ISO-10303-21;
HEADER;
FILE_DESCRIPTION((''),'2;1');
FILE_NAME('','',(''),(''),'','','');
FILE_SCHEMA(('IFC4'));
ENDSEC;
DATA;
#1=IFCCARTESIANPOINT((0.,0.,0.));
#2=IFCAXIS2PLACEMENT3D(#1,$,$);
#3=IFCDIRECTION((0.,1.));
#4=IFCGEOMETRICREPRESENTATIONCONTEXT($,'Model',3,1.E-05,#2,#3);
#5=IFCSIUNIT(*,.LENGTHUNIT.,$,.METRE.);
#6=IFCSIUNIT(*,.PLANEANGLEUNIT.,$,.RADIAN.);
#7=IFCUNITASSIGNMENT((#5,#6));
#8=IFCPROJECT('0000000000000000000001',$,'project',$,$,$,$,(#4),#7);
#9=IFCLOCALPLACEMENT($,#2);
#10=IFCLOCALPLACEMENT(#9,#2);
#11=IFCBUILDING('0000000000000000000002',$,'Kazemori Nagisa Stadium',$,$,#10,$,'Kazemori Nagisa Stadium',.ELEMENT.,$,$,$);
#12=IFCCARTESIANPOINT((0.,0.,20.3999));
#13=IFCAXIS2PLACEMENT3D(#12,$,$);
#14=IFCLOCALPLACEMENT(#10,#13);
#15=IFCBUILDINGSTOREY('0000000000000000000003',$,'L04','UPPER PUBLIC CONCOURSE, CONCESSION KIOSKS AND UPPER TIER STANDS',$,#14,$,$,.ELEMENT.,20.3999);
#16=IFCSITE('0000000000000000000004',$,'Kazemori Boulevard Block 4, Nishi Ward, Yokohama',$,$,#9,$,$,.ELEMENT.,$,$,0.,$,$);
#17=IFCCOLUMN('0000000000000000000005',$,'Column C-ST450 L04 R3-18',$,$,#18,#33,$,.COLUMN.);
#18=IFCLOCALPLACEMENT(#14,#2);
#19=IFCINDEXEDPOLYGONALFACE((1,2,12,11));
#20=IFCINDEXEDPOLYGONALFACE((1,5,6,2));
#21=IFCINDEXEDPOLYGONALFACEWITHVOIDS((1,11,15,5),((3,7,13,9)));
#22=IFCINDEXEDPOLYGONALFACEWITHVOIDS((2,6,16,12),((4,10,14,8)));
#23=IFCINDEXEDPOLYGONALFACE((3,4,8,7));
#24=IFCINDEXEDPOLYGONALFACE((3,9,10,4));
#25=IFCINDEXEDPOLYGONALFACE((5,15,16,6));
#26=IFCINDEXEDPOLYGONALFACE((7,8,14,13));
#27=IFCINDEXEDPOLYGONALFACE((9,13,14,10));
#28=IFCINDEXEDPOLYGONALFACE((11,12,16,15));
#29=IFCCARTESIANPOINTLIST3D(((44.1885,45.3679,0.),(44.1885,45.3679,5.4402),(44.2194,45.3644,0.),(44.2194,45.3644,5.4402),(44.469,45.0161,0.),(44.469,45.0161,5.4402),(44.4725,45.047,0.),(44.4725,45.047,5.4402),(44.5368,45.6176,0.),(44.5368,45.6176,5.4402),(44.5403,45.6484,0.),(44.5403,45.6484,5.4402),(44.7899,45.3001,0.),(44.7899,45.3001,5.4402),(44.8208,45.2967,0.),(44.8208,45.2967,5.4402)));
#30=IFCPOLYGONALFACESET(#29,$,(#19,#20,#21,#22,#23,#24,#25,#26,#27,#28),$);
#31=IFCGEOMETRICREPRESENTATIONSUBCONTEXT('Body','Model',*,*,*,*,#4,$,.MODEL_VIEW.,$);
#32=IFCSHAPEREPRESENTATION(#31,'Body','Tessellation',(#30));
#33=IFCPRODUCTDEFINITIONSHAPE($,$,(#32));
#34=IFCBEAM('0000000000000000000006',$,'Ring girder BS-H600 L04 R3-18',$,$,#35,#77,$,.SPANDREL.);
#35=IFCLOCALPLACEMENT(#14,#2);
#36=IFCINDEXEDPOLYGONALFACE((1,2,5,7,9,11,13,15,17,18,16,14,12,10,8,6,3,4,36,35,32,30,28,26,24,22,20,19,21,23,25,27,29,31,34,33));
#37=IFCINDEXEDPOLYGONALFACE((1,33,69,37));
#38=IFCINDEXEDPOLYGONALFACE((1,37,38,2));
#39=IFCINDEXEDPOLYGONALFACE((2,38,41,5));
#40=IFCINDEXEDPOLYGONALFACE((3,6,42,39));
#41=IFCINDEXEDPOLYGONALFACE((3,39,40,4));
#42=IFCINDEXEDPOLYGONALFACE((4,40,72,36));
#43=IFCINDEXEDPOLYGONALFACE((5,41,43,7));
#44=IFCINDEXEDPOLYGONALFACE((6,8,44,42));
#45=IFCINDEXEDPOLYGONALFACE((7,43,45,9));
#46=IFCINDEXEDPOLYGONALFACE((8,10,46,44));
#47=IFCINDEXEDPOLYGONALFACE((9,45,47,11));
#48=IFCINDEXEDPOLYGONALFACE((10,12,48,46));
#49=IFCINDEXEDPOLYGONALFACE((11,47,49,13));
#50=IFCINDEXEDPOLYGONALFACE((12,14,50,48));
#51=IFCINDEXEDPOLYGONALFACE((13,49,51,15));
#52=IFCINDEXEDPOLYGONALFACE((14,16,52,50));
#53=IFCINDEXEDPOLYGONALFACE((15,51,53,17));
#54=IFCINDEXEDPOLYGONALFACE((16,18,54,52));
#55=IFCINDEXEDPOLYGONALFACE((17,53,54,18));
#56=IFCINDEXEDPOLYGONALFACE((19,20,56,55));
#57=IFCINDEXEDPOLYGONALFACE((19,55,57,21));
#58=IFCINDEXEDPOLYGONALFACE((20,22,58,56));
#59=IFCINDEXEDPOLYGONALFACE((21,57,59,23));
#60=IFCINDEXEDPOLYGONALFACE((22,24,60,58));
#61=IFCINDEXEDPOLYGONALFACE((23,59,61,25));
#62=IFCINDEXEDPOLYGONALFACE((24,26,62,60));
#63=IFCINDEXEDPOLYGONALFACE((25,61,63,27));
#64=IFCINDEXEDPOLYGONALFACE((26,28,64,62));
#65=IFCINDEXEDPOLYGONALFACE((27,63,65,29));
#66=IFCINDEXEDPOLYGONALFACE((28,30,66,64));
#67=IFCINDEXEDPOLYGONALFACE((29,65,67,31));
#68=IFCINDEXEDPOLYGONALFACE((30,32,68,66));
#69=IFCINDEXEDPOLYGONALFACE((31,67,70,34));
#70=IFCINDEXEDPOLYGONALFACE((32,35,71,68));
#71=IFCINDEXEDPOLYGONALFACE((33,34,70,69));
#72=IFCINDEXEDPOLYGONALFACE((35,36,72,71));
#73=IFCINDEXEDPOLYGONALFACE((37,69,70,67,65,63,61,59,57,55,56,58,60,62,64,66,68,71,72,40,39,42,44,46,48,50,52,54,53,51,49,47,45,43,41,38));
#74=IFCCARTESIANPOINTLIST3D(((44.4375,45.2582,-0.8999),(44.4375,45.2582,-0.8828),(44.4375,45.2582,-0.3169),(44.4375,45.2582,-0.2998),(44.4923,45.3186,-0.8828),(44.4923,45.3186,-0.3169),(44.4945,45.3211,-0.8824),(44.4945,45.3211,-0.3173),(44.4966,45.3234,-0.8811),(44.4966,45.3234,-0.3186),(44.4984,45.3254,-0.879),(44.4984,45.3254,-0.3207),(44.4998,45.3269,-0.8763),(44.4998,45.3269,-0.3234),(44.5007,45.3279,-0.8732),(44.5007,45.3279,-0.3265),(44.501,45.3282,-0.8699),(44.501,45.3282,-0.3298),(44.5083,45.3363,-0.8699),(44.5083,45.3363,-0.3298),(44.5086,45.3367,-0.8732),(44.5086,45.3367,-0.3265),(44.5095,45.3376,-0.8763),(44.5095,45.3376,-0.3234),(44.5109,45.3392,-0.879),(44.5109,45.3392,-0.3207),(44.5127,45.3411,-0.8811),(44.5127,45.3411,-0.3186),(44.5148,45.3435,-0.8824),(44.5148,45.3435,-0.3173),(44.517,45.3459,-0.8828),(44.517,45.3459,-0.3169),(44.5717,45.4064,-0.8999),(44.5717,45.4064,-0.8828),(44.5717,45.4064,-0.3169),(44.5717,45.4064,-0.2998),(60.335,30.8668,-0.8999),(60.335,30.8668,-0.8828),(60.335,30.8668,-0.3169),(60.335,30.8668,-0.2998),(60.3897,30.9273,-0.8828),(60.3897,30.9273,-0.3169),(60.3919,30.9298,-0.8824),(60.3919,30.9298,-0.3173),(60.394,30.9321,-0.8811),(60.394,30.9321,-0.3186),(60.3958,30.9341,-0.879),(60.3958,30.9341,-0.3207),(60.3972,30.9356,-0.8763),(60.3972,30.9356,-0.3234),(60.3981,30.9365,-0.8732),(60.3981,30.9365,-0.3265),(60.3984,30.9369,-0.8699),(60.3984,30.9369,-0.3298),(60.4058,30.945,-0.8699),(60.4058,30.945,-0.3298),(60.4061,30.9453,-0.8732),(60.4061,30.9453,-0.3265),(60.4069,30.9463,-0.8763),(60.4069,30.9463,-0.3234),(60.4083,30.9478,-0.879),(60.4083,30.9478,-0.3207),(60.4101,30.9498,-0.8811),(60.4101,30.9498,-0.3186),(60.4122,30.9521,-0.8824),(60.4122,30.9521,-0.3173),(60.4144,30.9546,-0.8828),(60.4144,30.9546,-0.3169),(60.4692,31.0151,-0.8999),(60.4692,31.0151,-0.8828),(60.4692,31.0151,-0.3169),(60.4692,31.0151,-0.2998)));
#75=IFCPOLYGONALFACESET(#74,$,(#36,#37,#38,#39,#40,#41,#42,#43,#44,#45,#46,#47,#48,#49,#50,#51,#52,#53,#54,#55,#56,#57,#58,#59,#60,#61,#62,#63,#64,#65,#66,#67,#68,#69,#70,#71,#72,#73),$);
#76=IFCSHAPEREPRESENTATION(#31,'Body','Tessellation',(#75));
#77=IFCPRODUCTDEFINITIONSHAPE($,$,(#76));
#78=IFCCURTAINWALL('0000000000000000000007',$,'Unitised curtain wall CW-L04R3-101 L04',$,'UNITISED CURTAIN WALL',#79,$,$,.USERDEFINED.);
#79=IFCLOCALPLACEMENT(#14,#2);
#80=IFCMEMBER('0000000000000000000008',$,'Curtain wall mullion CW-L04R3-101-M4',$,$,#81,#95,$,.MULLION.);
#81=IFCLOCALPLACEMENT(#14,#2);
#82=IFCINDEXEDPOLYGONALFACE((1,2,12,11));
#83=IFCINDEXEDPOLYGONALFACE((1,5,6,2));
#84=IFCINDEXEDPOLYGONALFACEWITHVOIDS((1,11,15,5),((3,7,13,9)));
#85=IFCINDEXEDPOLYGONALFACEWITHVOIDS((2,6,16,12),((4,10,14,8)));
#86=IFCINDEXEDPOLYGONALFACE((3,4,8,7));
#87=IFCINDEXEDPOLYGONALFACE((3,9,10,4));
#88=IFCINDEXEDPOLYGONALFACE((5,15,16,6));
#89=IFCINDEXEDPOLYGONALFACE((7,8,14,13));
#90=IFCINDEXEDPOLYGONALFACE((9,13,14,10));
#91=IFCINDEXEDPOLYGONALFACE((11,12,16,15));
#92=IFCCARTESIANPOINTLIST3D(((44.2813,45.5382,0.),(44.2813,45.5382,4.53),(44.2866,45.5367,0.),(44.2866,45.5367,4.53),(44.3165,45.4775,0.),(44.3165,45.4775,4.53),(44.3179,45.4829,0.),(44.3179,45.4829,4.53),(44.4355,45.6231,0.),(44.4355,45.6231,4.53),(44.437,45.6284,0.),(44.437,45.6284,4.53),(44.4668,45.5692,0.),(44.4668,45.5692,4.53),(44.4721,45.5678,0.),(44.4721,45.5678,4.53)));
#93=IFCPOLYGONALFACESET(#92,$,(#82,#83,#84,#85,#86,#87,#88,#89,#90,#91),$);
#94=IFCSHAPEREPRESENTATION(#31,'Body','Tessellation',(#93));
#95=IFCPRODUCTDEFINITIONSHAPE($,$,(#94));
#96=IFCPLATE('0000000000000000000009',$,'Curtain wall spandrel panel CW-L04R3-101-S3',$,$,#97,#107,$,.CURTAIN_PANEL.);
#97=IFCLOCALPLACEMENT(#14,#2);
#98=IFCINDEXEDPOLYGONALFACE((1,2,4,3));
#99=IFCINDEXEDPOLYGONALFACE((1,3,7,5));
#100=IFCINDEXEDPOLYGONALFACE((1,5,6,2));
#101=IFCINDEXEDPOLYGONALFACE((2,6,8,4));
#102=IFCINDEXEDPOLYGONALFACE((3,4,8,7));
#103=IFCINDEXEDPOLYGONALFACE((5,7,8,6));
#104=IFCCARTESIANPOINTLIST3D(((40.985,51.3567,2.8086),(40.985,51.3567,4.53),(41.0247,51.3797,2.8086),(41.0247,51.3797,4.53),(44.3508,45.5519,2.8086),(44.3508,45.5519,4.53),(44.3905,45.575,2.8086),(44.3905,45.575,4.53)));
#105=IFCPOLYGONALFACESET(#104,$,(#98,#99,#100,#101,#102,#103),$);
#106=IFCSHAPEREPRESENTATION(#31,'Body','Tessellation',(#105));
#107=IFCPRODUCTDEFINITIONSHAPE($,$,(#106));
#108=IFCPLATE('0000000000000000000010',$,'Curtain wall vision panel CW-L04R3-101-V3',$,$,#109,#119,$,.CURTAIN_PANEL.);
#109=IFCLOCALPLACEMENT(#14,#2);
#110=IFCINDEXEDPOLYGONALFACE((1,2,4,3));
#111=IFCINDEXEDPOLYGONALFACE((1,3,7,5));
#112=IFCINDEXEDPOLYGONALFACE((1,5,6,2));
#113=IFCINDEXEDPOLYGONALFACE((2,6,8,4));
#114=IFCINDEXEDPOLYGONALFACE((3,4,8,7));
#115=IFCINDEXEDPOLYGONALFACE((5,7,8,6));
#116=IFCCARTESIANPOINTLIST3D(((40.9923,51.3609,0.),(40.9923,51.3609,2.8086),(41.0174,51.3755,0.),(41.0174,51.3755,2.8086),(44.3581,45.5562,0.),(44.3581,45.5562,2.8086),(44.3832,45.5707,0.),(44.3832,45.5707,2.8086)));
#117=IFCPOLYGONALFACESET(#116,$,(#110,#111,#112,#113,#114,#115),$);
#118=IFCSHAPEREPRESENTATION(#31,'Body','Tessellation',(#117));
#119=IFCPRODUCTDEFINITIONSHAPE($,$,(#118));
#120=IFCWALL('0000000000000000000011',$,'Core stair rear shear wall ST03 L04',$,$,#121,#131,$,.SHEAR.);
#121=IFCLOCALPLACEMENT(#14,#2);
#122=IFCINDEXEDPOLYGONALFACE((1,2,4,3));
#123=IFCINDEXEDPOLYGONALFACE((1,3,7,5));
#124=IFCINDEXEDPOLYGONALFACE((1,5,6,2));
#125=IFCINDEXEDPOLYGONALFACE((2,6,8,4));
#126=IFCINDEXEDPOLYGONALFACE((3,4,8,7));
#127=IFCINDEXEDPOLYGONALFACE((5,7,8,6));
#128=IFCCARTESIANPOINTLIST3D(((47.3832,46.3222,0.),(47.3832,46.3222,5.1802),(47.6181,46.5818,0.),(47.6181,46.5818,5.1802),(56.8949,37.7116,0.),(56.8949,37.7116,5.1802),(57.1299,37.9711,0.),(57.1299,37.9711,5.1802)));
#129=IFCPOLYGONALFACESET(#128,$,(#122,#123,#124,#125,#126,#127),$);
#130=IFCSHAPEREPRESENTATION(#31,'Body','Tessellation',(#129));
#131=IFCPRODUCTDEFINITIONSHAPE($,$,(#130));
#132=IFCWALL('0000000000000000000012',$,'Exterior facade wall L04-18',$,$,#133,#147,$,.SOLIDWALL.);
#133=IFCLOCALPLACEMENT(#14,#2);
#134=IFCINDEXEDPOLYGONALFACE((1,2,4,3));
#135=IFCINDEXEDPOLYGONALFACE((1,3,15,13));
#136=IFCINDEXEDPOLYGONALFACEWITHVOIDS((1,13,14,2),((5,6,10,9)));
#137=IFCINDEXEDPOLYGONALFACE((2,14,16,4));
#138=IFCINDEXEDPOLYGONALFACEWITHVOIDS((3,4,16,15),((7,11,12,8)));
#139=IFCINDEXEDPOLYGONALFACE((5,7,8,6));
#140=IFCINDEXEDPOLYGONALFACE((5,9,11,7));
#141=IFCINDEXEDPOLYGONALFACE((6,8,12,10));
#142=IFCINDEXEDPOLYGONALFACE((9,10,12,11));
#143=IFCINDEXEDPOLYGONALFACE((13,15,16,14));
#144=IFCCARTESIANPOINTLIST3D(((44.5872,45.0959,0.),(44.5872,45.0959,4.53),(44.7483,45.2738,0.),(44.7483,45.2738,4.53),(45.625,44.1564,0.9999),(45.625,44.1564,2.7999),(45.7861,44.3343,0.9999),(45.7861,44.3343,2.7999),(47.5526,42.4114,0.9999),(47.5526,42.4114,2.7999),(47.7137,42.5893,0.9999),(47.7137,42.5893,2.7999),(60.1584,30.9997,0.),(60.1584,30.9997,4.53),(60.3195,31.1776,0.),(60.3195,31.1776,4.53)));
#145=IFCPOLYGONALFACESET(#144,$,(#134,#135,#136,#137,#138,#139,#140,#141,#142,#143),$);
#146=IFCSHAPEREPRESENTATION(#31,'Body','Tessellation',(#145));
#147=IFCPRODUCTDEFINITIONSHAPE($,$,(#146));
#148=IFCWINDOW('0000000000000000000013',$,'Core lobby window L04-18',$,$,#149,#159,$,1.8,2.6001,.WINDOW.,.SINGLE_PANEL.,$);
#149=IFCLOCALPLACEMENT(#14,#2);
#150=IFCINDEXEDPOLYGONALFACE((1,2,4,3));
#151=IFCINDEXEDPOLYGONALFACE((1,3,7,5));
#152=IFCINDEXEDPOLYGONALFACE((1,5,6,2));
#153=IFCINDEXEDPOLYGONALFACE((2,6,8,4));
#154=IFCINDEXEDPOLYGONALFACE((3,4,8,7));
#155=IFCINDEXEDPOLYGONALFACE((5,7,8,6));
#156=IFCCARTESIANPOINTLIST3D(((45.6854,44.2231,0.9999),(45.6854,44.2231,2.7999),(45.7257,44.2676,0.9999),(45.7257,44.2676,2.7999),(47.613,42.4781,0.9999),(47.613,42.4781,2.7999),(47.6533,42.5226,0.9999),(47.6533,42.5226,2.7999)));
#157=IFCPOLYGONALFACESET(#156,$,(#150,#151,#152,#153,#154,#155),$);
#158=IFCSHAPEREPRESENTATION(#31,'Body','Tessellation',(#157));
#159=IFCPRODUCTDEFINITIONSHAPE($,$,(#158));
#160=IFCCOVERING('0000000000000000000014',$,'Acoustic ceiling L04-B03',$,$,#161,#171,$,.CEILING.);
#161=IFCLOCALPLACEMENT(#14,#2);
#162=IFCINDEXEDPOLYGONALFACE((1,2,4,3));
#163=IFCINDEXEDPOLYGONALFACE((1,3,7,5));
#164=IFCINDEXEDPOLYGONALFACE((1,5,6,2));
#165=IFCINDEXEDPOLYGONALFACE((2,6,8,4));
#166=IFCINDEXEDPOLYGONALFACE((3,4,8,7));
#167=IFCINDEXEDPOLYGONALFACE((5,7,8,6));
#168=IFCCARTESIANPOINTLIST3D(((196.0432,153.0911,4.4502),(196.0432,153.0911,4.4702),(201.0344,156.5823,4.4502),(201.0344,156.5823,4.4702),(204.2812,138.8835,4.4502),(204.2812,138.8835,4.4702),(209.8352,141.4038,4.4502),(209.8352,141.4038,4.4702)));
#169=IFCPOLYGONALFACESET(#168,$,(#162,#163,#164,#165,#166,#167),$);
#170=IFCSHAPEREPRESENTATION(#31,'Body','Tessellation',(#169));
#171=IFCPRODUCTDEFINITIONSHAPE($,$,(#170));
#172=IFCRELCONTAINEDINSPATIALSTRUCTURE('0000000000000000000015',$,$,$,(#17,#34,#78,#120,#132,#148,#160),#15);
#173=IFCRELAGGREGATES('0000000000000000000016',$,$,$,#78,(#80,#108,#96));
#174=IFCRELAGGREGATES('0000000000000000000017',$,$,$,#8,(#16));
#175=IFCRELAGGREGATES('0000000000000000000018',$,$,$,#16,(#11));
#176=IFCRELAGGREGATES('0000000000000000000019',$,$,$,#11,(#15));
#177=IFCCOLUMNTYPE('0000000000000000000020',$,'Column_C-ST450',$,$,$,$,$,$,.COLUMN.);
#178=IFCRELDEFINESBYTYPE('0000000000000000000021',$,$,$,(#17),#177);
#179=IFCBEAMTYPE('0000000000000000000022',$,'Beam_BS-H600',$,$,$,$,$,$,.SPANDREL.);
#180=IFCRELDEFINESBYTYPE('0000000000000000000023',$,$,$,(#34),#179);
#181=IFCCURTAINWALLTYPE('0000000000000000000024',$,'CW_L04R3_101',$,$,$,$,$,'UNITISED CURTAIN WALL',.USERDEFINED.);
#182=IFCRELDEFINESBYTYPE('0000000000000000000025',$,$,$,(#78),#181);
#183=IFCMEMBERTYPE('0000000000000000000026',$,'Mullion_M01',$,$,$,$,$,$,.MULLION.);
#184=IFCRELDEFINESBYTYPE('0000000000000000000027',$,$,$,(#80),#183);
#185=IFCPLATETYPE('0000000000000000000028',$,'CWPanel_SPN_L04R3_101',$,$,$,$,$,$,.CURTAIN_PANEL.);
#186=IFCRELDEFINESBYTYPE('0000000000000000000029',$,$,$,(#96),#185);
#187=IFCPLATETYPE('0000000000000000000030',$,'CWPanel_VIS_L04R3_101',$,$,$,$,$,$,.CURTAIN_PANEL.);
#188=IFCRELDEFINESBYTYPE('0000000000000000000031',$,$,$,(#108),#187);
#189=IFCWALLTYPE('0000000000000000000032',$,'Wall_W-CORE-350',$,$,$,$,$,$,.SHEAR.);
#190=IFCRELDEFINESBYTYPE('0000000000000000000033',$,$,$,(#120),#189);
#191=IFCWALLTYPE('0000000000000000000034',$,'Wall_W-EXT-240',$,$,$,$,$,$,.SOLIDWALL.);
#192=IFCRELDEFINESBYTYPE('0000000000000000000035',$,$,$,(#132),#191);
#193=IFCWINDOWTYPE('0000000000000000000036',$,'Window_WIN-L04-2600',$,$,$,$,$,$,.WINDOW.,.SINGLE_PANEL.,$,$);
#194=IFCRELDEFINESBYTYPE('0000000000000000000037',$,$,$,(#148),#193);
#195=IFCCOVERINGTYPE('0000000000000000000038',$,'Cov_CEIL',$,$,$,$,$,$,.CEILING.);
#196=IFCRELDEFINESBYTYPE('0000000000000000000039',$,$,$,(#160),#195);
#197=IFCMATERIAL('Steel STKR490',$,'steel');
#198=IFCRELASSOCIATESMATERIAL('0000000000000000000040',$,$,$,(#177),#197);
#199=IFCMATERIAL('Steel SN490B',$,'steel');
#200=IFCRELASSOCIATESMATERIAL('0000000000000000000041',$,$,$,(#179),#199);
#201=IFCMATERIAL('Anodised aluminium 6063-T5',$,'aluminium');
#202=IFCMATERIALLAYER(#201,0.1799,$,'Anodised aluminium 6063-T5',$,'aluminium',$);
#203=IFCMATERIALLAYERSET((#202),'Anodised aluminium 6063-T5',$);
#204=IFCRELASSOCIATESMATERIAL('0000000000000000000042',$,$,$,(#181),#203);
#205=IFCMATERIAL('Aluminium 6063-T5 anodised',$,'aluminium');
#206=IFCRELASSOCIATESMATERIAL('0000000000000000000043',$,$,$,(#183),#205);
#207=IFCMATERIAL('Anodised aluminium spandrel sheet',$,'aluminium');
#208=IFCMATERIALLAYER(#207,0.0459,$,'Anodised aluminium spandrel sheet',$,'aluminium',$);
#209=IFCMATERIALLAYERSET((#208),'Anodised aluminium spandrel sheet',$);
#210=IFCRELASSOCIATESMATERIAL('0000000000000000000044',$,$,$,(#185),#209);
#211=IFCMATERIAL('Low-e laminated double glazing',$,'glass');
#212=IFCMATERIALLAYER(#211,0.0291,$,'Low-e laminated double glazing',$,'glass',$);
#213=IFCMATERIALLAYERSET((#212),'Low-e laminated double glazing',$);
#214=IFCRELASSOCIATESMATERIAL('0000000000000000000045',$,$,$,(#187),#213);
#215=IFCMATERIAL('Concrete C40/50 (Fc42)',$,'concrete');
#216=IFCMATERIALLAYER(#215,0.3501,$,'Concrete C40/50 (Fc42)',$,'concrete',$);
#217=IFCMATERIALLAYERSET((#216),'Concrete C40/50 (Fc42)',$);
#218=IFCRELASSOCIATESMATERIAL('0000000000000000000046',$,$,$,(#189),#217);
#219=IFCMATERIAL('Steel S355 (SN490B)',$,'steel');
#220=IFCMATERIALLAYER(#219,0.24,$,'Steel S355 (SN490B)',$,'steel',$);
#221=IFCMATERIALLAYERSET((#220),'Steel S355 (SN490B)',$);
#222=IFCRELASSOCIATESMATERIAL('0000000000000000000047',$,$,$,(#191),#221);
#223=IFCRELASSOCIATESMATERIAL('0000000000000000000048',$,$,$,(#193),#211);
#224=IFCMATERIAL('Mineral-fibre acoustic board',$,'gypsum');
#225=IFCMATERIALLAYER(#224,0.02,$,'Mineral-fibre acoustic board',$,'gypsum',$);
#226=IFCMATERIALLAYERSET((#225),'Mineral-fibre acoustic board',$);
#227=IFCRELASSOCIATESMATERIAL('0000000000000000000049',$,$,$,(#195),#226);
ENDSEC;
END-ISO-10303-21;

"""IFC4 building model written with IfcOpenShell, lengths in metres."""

from ifc_helpers import new_model, si_unit, direction, frame, frame_2d, origin, origin_2d, place, context, subcontext, project, spatial, polyline, rectangle, hollow_rectangle, i_section, outline, extrude, material, layer, layer_set, material_profile, profile_set, type_object, element, fill, aggregate, save


model = new_model("IFC4")

# Units and contexts
model_context = context("Model", 3, precision=1e-05, world=origin(), true_north=direction((0.0, 1.0)))
body_context = subcontext(model_context, "Body", "Model", "MODEL_VIEW")
ifc_project = project(units=[si_unit("LENGTHUNIT", "METRE"), si_unit("PLANEANGLEUNIT", "RADIAN")], contexts=[model_context])

# Site, building, storey
site_placement = place(None, origin())
site = spatial("IfcSite", under=ifc_project, at=site_placement, Name="Kazemori Boulevard Block 4, Nishi Ward, Yokohama", CompositionType="ELEMENT", RefElevation=0.0)
building_placement = place(site_placement, origin())
building = spatial("IfcBuilding", under=site, at=building_placement, Name="Kazemori Nagisa Stadium", LongName="Kazemori Nagisa Stadium", CompositionType="ELEMENT")
storey_placement = place(building_placement, frame((0.0, 0.0, 20.3999)))
storey = spatial("IfcBuildingStorey", under=building, at=storey_placement, Name="L04", Description="UPPER PUBLIC CONCOURSE, CONCESSION KIOSKS AND UPPER TIER STANDS", CompositionType="ELEMENT", Elevation=20.3999)

# Column
ifc_material_1 = material(Name="Steel STKR490", Category="steel")
ifc_material_profile_1 = material_profile(ifc_material_1, hollow_rectangle(XDim=0.45, YDim=0.45, WallThickness=0.022, at=origin_2d()), Name="SHS-450x450x22")
ifc_profile_set_1 = profile_set([ifc_material_profile_1], Name="Steel STKR490")
column_type = type_object("IfcColumnType", Name="Column_C-ST450", PredefinedType="COLUMN", material=ifc_profile_set_1)
column_placement = place(storey_placement, frame((44.5046, 45.3323, 0.0), z_axis=(0.0, 0.0, 1.0), x_axis=(-0.781831, -0.62349, 0.0)))
element("IfcColumn", 1, at=column_placement, inside=storey, type_object=column_type, Name="Column C-ST450 L04 R3-18", PredefinedType="COLUMN", context=body_context, shape_type="SweptSolid", body=[
    extrude(hollow_rectangle(XDim=0.45, YDim=0.45, WallThickness=0.022, at=origin_2d()), origin(), (0.0, 0.0, 1.0), 5.4402),
])

# Beam
ifc_material_2 = material(Name="Steel SN490B", Category="steel")
ifc_material_profile_2 = material_profile(ifc_material_2, i_section(OverallWidth=0.2, OverallDepth=0.6001, WebThickness=0.011, FlangeThickness=0.0171, FilletRadius=0.0129, at=origin_2d()), Name="H-600x200x11x17")
ifc_profile_set_2 = profile_set([ifc_material_profile_2], Name="Steel SN490B")
beam_type = type_object("IfcBeamType", Name="Beam_BS-H600", PredefinedType="SPANDREL", material=ifc_profile_set_2)
beam_placement = place(storey_placement, frame((44.5046, 45.3323, -0.5999), z_axis=(0.741352, -0.671117, 0.0), x_axis=(0.671117, 0.741352, 0.0)))
element("IfcBeam", 2, at=beam_placement, inside=storey, type_object=beam_type, Name="Ring girder BS-H600 L04 R3-18", PredefinedType="SPANDREL", context=body_context, shape_type="SweptSolid", body=[
    extrude(i_section(OverallWidth=0.2, OverallDepth=0.6001, WebThickness=0.011, FlangeThickness=0.0171, FilletRadius=0.0129, at=origin_2d()), origin(), (0.0, 0.0, 1.0), 21.4438),
])

# Curtain wall, member, plates
ifc_material_3 = material(Name="Anodised aluminium 6063-T5", Category="aluminium")
ifc_layer_1 = layer(ifc_material_3, 0.1799, Name="Anodised aluminium 6063-T5", Category="aluminium")
ifc_layer_set_1 = layer_set([ifc_layer_1], Name="Anodised aluminium 6063-T5")
curtain_wall_type = type_object("IfcCurtainWallType", Name="CW_L04R3_101", ElementType="UNITISED CURTAIN WALL", PredefinedType="USERDEFINED", material=ifc_layer_set_1)
curtain_wall_placement = place(storey_placement, origin())
curtain_wall = element("IfcCurtainWall", 3, at=curtain_wall_placement, inside=storey, type_object=curtain_wall_type, Name="Unitised curtain wall CW-L04R3-101 L04", ObjectType="UNITISED CURTAIN WALL", PredefinedType="USERDEFINED")
ifc_material_4 = material(Name="Aluminium 6063-T5 anodised", Category="aluminium")
ifc_material_profile_3 = material_profile(ifc_material_4, hollow_rectangle(XDim=0.0701, YDim=0.1799, WallThickness=0.0039, at=origin_2d()), Name="ALU-MULL-70x180x4")
ifc_profile_set_3 = profile_set([ifc_material_profile_3], Name="Aluminium 6063-T5 anodised")
member_type = type_object("IfcMemberType", Name="Mullion_M01", PredefinedType="MULLION", material=ifc_profile_set_3)
member_placement = place(storey_placement, frame((44.3767, 45.553, 0.0), z_axis=(0.0, 0.0, 1.0), x_axis=(0.501612, -0.865093, 0.0)))
member = element("IfcMember", 4, at=member_placement, type_object=member_type, Name="Curtain wall mullion CW-L04R3-101-M4", PredefinedType="MULLION", context=body_context, shape_type="SweptSolid", body=[
    extrude(hollow_rectangle(XDim=0.0701, YDim=0.1799, WallThickness=0.0039, at=origin_2d()), origin(), (0.0, 0.0, 1.0), 4.53),
])
ifc_material_5 = material(Name="Anodised aluminium spandrel sheet", Category="aluminium")
ifc_layer_2 = layer(ifc_material_5, 0.0459, Name="Anodised aluminium spandrel sheet", Category="aluminium")
ifc_layer_set_2 = layer_set([ifc_layer_2], Name="Anodised aluminium spandrel sheet")
plate_type_1 = type_object("IfcPlateType", Name="CWPanel_SPN_L04R3_101", PredefinedType="CURTAIN_PANEL", material=ifc_layer_set_2)
plate_1_placement = place(storey_placement, frame((42.6877, 48.4658, 2.8086), z_axis=(0.0, 0.0, 1.0), x_axis=(0.501612, -0.865093, 0.0)))
plate_1 = element("IfcPlate", 5, at=plate_1_placement, type_object=plate_type_1, Name="Curtain wall spandrel panel CW-L04R3-101-S3", PredefinedType="CURTAIN_PANEL", context=body_context, shape_type="SweptSolid", body=[
    extrude(rectangle(XDim=6.71, YDim=0.0459, at=origin_2d()), origin(), (0.0, 0.0, 1.0), 1.7214),
])
ifc_material_6 = material(Name="Low-e laminated double glazing", Category="glass")
ifc_layer_3 = layer(ifc_material_6, 0.0291, Name="Low-e laminated double glazing", Category="glass")
ifc_layer_set_3 = layer_set([ifc_layer_3], Name="Low-e laminated double glazing")
plate_type_2 = type_object("IfcPlateType", Name="CWPanel_VIS_L04R3_101", PredefinedType="CURTAIN_PANEL", material=ifc_layer_set_3)
plate_2_placement = place(storey_placement, frame((42.6877, 48.4658, 0.0), z_axis=(0.0, 0.0, 1.0), x_axis=(0.501612, -0.865093, 0.0)))
plate_2 = element("IfcPlate", 6, at=plate_2_placement, type_object=plate_type_2, Name="Curtain wall vision panel CW-L04R3-101-V3", PredefinedType="CURTAIN_PANEL", context=body_context, shape_type="SweptSolid", body=[
    extrude(rectangle(XDim=6.71, YDim=0.0291, at=origin_2d()), origin(), (0.0, 0.0, 1.0), 2.8086),
])
aggregate(curtain_wall, [member, plate_2, plate_1])

# Wall
ifc_material_7 = material(Name="Concrete C40/50 (Fc42)", Category="concrete")
ifc_layer_4 = layer(ifc_material_7, 0.3501, Name="Concrete C40/50 (Fc42)", Category="concrete")
ifc_layer_set_4 = layer_set([ifc_layer_4], Name="Concrete C40/50 (Fc42)")
wall_type_1 = type_object("IfcWallType", Name="Wall_W-CORE-350", PredefinedType="SHEAR", material=ifc_layer_set_4)
wall_1_placement = place(storey_placement, frame((47.5007, 46.4519, 0.0), z_axis=(0.0, 0.0, 1.0), x_axis=(0.741351, -0.671117, 0.0)))
element("IfcWall", 7, at=wall_1_placement, inside=storey, type_object=wall_type_1, Name="Core stair rear shear wall ST03 L04", PredefinedType="SHEAR", context=body_context, shape_type="SweptSolid", body=[
    extrude(rectangle(XDim=12.8303, YDim=0.3501, at=frame_2d((6.415, 0.0))), origin(), (0.0, 0.0, 1.0), 5.1802),
])

# Wall, opening, window
ifc_material_8 = material(Name="Steel S355 (SN490B)", Category="steel")
ifc_layer_5 = layer(ifc_material_8, 0.24, Name="Steel S355 (SN490B)", Category="steel")
ifc_layer_set_5 = layer_set([ifc_layer_5], Name="Steel S355 (SN490B)")
wall_type_2 = type_object("IfcWallType", Name="Wall_W-EXT-240", PredefinedType="SOLIDWALL", material=ifc_layer_set_5)
wall_2_placement = place(storey_placement, frame((44.6677, 45.1848, 0.0), z_axis=(0.0, 0.0, 1.0), x_axis=(0.741349, -0.67112, 0.0)))
wall_2 = element("IfcWall", 8, at=wall_2_placement, inside=storey, type_object=wall_type_2, Name="Exterior facade wall L04-18", PredefinedType="SOLIDWALL", context=body_context, shape_type="SweptSolid", body=[
    extrude(rectangle(XDim=21.0039, YDim=0.24, at=frame_2d((10.502, 0.0))), origin(), (0.0, 0.0, 1.0), 4.53),
])
opening_placement = place(wall_2_placement, frame((1.3999, 0.0, 1.0)))
opening = element("IfcOpeningElement", 9, at=opening_placement, cuts=wall_2, PredefinedType="OPENING", context=body_context, shape_type="SweptSolid", body=[
    extrude(rectangle(XDim=2.6001, YDim=1.8, at=frame_2d((1.3, 0.8999))), frame((0.0, 0.1299, 0.0), z_axis=(0.0, -1.0, 0.0), x_axis=(1.0, 0.0, 0.0)), (0.0, 0.0, 1.0), 0.26),
])
window_type = type_object("IfcWindowType", Name="Window_WIN-L04-2600", PartitioningType="SINGLE_PANEL", PredefinedType="WINDOW", material=ifc_material_6)
window_placement = place(opening_placement, origin())
window = element("IfcWindow", 10, at=window_placement, inside=storey, type_object=window_type, Name="Core lobby window L04-18", OverallHeight=1.8, OverallWidth=2.6001, PartitioningType="SINGLE_PANEL", PredefinedType="WINDOW", context=body_context, shape_type="SweptSolid", body=[
    extrude(rectangle(XDim=2.6001, YDim=1.8, at=frame_2d((1.3, 0.8999))), frame((0.0, 0.03, 0.0), z_axis=(0.0, -1.0, 0.0), x_axis=(1.0, 0.0, 0.0)), (0.0, 0.0, 1.0), 0.0601),
])
fill(opening, window)

# Covering
ifc_material_9 = material(Name="Mineral-fibre acoustic board", Category="gypsum")
ifc_layer_6 = layer(ifc_material_9, 0.02, Name="Mineral-fibre acoustic board", Category="gypsum")
ifc_layer_set_6 = layer_set([ifc_layer_6], Name="Mineral-fibre acoustic board")
covering_type_1 = type_object("IfcCoveringType", Name="Cov_CEIL", PredefinedType="CEILING", material=ifc_layer_set_6)
covering_1_placement = place(storey_placement, frame((0.0, 0.0, 4.4502)))
element("IfcCovering", 11, at=covering_1_placement, inside=storey, type_object=covering_type_1, Name="Acoustic ceiling L04-B03", PredefinedType="CEILING", context=body_context, shape_type="SweptSolid", body=[
    extrude(outline(polyline([(204.2812, 138.8835), (196.0432, 153.0911), (201.0344, 156.5823), (209.8352, 141.4038), (204.2812, 138.8835)])), origin(), (0.0, 0.0, 1.0), 0.02),
])

save(model, "model.ifc")
